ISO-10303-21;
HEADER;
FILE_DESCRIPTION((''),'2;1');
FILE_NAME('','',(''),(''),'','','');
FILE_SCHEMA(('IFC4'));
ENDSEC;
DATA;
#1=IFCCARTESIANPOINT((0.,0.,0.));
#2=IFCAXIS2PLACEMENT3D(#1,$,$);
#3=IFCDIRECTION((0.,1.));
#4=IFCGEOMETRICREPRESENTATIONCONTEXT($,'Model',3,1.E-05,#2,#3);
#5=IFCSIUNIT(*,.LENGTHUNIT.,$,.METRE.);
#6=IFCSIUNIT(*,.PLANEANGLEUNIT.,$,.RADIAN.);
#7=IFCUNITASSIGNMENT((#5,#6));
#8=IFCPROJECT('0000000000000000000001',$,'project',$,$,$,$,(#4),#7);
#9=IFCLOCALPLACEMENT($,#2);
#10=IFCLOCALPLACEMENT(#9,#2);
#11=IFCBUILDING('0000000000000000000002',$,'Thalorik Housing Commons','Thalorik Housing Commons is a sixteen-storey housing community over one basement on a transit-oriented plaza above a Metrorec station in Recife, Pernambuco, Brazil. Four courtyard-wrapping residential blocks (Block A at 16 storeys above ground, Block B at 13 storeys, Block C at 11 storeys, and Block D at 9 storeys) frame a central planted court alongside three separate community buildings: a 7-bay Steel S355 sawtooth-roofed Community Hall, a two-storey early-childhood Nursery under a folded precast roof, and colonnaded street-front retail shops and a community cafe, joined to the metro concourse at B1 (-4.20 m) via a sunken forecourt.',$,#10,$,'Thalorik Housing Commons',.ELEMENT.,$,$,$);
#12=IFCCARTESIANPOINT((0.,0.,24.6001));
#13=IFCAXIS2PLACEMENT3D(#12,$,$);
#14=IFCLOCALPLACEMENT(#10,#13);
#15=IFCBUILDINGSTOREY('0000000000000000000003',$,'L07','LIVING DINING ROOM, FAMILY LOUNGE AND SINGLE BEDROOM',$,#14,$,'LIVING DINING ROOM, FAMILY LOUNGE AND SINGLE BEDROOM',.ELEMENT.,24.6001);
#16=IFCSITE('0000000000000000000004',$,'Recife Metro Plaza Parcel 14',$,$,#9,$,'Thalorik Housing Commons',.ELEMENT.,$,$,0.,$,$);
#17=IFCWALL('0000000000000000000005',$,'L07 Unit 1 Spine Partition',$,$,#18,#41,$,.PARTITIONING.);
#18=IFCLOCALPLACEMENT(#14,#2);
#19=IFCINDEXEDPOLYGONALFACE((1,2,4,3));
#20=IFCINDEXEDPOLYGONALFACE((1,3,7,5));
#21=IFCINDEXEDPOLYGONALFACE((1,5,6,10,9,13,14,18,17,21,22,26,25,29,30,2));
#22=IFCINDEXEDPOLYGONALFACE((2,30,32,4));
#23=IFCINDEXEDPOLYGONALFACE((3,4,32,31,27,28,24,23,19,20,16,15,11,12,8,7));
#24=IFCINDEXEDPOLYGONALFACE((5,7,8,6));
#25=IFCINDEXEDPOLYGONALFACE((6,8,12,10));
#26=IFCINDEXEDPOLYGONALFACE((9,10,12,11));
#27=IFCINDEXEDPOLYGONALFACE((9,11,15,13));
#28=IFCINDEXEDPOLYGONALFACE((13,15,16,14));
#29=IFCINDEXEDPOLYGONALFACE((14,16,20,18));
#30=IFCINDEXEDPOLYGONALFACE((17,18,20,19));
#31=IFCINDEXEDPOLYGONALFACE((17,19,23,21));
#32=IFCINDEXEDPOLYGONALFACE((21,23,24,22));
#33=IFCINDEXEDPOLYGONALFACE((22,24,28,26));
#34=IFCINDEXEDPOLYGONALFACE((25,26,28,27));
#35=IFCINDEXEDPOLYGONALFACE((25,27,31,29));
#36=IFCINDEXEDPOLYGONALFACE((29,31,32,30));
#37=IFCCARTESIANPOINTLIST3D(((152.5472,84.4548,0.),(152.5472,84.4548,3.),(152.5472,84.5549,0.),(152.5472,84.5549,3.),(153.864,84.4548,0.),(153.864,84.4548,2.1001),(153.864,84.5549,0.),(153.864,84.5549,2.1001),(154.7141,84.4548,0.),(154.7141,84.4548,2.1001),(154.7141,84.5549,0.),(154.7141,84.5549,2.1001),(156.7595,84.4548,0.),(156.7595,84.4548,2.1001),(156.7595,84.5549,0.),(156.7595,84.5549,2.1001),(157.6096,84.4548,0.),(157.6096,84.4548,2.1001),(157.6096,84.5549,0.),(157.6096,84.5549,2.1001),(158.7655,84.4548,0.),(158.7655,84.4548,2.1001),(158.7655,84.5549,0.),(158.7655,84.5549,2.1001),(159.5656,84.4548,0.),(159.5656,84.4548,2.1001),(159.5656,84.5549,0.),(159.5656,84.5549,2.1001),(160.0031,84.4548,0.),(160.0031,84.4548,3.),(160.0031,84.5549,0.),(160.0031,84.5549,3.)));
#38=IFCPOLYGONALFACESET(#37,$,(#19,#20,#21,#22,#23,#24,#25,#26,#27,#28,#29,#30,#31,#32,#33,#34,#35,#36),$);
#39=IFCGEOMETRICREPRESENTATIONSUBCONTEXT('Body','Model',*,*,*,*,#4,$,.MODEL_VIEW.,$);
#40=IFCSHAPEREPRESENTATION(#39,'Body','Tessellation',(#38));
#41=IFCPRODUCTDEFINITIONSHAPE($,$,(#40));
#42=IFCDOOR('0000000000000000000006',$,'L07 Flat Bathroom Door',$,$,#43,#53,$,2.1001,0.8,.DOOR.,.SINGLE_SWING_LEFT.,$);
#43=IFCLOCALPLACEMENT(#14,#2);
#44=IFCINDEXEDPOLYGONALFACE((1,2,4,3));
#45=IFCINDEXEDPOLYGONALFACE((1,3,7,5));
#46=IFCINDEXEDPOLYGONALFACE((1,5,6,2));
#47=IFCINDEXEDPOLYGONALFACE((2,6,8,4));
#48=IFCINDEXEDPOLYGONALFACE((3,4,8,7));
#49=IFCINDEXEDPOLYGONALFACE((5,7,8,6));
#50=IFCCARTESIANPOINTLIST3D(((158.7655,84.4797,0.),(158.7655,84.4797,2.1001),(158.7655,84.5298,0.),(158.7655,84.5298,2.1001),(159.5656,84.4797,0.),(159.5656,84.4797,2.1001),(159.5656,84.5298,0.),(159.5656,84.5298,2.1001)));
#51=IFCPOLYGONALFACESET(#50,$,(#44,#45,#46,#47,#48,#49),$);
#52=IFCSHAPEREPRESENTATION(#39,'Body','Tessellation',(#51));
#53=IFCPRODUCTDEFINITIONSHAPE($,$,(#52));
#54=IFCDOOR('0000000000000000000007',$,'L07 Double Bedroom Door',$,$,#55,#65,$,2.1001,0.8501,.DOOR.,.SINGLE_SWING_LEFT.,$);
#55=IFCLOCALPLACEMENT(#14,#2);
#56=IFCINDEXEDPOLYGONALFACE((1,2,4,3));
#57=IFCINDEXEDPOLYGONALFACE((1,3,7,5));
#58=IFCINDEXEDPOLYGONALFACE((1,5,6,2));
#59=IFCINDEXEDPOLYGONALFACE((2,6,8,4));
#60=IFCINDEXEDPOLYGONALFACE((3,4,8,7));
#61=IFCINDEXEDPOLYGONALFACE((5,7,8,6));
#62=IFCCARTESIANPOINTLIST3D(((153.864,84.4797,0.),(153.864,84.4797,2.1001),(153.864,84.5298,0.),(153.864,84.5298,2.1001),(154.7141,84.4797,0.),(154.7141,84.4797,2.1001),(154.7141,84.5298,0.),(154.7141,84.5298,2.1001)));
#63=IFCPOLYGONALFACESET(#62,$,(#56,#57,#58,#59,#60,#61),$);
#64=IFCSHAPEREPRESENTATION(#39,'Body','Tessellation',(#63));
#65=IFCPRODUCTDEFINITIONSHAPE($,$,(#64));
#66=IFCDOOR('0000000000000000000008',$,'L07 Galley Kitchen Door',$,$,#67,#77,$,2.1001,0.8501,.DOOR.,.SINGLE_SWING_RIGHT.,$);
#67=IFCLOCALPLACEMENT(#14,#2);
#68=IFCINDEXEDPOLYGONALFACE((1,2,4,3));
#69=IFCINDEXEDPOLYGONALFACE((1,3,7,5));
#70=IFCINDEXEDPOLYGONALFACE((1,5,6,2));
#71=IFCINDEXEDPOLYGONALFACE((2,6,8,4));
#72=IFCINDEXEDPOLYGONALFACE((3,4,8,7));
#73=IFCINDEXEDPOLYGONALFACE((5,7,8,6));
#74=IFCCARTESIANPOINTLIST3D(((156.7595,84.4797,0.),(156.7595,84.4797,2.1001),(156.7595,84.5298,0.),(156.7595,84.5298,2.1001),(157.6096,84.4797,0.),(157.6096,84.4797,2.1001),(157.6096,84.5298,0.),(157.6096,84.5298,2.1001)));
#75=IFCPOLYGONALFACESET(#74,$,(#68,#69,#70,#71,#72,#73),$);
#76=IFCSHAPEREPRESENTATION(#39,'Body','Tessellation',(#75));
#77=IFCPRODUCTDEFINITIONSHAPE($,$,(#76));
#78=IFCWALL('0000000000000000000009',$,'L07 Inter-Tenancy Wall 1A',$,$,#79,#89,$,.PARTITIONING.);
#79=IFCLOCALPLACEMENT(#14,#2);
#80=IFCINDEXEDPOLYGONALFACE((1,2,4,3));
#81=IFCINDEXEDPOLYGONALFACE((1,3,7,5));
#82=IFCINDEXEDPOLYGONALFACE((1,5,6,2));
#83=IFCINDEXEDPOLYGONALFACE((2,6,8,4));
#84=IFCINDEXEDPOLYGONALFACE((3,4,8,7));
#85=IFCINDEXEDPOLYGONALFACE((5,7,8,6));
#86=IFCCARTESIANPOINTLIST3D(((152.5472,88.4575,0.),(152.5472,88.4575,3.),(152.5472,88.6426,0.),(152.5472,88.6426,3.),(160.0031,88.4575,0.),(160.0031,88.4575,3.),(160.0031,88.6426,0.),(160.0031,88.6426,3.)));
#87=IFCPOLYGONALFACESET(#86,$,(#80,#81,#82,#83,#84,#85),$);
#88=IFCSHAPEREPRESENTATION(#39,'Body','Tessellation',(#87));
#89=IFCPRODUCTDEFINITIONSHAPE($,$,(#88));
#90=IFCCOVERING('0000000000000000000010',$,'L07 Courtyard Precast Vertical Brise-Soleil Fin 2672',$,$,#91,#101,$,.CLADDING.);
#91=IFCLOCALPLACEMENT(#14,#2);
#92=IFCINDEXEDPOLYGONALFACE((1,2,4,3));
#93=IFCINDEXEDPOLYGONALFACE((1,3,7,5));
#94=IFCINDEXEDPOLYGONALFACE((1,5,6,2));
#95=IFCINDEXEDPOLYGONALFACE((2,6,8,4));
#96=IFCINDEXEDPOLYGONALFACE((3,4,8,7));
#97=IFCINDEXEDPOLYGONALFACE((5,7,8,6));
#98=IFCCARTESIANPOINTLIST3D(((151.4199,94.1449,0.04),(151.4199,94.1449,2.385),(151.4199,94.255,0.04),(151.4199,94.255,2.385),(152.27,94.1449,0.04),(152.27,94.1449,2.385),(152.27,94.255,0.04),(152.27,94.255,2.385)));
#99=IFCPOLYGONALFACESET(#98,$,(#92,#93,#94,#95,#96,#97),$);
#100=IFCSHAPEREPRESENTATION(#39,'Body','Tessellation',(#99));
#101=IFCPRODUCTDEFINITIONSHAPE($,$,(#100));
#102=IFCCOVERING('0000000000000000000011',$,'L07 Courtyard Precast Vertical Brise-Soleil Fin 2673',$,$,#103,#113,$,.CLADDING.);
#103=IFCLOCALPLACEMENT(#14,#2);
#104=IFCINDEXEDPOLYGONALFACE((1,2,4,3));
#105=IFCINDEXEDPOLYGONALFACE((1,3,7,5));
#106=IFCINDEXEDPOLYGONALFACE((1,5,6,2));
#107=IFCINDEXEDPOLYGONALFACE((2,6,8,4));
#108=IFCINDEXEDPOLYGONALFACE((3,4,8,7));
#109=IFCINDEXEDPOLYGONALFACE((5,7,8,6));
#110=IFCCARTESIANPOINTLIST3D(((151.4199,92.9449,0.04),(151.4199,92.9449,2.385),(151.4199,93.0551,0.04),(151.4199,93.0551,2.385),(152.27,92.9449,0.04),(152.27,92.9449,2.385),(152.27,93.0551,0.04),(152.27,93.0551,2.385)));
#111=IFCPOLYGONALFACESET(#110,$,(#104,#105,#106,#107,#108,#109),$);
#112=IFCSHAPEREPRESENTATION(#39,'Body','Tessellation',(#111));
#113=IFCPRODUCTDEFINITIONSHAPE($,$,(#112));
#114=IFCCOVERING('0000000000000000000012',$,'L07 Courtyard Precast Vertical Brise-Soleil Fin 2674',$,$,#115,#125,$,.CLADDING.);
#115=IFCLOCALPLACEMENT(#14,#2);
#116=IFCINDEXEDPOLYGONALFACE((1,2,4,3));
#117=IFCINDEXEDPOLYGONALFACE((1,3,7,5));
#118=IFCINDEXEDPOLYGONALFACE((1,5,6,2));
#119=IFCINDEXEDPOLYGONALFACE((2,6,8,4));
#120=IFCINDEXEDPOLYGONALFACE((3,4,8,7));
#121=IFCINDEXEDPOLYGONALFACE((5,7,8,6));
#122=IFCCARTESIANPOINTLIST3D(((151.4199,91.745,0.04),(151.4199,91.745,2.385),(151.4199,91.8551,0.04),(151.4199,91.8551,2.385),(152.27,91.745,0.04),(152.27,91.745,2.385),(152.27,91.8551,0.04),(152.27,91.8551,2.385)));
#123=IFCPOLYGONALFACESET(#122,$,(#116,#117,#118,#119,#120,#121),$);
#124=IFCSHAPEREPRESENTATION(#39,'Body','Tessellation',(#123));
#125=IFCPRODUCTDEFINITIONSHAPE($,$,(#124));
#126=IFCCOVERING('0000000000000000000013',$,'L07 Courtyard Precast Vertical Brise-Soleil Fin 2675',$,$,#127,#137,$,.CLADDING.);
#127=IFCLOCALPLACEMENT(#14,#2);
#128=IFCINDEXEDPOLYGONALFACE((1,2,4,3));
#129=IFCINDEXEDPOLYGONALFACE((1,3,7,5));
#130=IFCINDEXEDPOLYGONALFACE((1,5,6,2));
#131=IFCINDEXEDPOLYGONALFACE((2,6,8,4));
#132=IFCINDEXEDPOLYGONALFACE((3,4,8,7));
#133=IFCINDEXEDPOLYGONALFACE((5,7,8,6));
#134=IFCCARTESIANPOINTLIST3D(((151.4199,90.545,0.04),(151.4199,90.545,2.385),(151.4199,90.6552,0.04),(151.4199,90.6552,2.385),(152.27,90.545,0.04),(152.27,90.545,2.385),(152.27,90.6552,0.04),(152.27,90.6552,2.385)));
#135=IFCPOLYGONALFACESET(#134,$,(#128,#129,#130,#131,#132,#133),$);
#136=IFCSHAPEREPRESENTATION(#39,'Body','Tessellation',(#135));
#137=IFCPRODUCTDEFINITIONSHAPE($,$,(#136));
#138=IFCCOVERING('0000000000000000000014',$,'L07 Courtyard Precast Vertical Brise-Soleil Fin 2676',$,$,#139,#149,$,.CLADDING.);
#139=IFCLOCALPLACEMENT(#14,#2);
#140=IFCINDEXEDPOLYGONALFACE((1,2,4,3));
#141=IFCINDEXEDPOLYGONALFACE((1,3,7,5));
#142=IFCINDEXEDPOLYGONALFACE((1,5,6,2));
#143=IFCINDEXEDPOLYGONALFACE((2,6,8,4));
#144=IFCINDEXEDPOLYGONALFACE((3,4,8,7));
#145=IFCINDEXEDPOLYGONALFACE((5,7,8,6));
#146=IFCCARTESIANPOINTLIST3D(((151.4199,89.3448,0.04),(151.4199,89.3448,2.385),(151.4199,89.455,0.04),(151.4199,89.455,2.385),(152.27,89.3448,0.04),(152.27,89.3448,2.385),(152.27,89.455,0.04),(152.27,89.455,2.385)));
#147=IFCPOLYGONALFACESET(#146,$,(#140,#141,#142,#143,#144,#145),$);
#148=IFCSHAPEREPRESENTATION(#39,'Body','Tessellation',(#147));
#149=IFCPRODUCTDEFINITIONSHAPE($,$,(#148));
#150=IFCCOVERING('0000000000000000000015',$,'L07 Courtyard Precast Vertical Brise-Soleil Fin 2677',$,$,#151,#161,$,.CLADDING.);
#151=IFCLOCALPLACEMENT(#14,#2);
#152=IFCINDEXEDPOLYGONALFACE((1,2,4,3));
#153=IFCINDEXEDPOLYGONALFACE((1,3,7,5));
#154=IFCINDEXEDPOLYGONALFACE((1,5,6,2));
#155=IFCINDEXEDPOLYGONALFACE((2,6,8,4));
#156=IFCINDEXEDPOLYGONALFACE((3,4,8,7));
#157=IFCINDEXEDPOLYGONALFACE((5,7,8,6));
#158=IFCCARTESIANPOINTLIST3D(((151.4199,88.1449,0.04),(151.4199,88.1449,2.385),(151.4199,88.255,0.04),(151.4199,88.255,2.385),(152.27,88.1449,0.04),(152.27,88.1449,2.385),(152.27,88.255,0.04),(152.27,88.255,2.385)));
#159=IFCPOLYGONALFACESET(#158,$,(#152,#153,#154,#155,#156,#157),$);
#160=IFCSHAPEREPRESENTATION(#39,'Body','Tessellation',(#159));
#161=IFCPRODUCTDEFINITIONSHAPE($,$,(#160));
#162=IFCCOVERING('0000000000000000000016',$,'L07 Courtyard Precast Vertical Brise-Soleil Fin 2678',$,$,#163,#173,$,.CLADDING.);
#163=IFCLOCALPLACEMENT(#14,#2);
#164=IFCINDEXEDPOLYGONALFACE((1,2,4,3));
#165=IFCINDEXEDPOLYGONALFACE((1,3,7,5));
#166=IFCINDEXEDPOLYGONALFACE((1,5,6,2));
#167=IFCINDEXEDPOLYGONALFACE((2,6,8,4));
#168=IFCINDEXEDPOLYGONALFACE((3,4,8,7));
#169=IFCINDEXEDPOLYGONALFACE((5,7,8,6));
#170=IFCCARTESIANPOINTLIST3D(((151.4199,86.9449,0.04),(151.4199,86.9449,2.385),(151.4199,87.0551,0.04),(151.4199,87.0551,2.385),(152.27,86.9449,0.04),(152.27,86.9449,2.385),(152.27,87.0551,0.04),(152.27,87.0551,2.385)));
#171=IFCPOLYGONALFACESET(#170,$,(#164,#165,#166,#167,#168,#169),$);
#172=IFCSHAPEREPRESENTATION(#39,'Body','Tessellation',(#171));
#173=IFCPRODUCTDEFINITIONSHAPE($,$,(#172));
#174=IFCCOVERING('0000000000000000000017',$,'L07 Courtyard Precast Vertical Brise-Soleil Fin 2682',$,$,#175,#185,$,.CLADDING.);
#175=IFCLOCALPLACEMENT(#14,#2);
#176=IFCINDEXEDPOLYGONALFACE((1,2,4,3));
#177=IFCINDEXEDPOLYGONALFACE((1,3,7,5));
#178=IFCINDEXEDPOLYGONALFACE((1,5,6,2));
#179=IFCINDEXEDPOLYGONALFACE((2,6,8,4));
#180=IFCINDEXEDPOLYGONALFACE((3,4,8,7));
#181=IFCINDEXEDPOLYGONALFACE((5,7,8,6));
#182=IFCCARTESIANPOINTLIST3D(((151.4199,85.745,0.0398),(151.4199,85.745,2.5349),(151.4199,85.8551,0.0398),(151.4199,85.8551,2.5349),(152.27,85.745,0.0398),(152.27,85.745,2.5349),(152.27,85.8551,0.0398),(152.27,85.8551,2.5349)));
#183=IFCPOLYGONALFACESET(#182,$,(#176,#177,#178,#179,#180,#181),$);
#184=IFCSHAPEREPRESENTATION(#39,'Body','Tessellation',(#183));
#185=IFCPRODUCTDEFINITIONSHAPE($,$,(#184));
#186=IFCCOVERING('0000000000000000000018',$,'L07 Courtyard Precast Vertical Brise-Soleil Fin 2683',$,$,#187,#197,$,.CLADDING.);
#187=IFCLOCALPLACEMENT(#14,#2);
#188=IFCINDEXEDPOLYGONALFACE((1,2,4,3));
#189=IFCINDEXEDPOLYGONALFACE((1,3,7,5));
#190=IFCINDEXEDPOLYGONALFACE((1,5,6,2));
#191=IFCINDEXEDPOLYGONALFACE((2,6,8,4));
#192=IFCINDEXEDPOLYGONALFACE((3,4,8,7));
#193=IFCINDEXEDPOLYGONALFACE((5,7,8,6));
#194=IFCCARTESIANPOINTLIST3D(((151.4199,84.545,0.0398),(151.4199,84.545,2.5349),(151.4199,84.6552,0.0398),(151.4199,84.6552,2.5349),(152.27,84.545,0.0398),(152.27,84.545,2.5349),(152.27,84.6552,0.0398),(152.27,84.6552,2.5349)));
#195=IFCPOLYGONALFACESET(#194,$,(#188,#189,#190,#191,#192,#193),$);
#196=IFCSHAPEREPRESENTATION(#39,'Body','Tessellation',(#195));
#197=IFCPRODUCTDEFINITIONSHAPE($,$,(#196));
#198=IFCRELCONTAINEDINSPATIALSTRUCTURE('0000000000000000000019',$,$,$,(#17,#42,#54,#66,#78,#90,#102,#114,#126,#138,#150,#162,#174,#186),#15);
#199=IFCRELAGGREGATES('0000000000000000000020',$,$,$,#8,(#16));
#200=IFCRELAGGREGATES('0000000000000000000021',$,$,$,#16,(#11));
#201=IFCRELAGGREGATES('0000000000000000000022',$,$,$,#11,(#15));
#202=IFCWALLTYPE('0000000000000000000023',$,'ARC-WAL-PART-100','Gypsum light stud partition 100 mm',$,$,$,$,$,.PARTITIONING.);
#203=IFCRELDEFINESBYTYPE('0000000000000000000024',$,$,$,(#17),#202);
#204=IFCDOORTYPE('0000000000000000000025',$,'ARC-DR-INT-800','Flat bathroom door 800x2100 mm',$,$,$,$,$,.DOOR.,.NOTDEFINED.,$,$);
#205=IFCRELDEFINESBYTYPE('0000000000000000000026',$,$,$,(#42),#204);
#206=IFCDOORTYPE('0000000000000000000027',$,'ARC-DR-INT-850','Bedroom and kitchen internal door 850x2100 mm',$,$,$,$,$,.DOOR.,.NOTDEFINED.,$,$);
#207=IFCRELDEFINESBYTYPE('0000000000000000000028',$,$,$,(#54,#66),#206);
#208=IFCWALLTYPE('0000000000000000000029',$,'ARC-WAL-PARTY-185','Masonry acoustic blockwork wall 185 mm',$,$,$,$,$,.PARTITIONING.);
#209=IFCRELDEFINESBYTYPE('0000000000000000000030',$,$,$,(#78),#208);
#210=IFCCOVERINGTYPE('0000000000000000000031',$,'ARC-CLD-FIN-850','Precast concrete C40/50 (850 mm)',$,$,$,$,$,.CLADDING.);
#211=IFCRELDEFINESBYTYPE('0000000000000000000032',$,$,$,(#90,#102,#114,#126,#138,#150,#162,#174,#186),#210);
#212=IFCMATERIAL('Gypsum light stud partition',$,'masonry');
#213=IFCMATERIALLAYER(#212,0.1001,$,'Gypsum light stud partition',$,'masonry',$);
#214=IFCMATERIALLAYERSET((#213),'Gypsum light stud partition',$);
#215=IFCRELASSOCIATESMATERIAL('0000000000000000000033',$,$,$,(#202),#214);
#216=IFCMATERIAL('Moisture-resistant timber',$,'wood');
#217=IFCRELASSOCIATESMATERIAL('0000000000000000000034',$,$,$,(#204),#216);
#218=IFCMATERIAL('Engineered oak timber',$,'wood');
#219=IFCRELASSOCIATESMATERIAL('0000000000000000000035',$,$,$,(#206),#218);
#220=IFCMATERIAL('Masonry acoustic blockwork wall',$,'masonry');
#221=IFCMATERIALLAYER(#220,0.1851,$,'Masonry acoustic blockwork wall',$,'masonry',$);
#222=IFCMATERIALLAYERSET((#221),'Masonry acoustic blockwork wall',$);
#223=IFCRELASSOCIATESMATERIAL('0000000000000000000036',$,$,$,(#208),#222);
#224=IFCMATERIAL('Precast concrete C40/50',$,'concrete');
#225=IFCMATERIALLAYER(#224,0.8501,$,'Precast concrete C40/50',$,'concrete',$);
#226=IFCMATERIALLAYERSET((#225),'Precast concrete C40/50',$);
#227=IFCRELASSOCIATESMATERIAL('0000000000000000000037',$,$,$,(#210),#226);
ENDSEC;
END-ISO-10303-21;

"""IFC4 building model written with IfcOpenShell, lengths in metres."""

from ifc_helpers import new_model, si_unit, direction, frame, frame_2d, origin, origin_2d, place, context, subcontext, project, spatial, rectangle, extrude, material, layer, layer_set, type_object, element, fill, save


model = new_model("IFC4")

# Units and contexts
model_context = context("Model", 3, precision=1e-05, world=origin(), true_north=direction((0.0, 1.0)))
body_context = subcontext(model_context, "Body", "Model", "MODEL_VIEW")
ifc_project = project(units=[si_unit("LENGTHUNIT", "METRE"), si_unit("PLANEANGLEUNIT", "RADIAN")], contexts=[model_context])

# Site, building, storey
site_placement = place(None, origin())
site = spatial("IfcSite", under=ifc_project, at=site_placement, Name="Recife Metro Plaza Parcel 14", LongName="Thalorik Housing Commons", CompositionType="ELEMENT", RefElevation=0.0)
building_placement = place(site_placement, origin())
building = spatial("IfcBuilding", under=site, at=building_placement, Name="Thalorik Housing Commons", Description="Thalorik Housing Commons is a sixteen-storey housing community over one basement on a transit-oriented plaza above a Metrorec station in Recife, Pernambuco, Brazil. Four courtyard-wrapping residential blocks (Block A at 16 storeys above ground, Block B at 13 storeys, Block C at 11 storeys, and Block D at 9 storeys) frame a central planted court alongside three separate community buildings: a 7-bay Steel S355 sawtooth-roofed Community Hall, a two-storey early-childhood Nursery under a folded precast roof, and colonnaded street-front retail shops and a community cafe, joined to the metro concourse at B1 (-4.20 m) via a sunken forecourt.", LongName="Thalorik Housing Commons", CompositionType="ELEMENT")
storey_placement = place(building_placement, frame((0.0, 0.0, 24.6001)))
storey = spatial("IfcBuildingStorey", under=building, at=storey_placement, Name="L07", Description="LIVING DINING ROOM, FAMILY LOUNGE AND SINGLE BEDROOM", LongName="LIVING DINING ROOM, FAMILY LOUNGE AND SINGLE BEDROOM", CompositionType="ELEMENT", Elevation=24.6001)

# Shared definitions
ifc_material_1 = material(Name="Precast concrete C40/50", Category="concrete")

# Wall, openings, doors
ifc_material_2 = material(Name="Gypsum light stud partition", Category="masonry")
ifc_layer_1 = layer(ifc_material_2, 0.1001, Name="Gypsum light stud partition", Category="masonry")
ifc_layer_set_1 = layer_set([ifc_layer_1], Name="Gypsum light stud partition")
wall_type_1 = type_object("IfcWallType", Name="ARC-WAL-PART-100", Description="Gypsum light stud partition 100 mm", PredefinedType="PARTITIONING", material=ifc_layer_set_1)
wall_1_placement = place(storey_placement, frame((152.5471, 84.5049, 0.0), z_axis=(0.0, 0.0, 1.0), x_axis=(1.0, 0.0, 0.0)))
wall_1 = element("IfcWall", 1, at=wall_1_placement, inside=storey, type_object=wall_type_1, Name="L07 Unit 1 Spine Partition", PredefinedType="PARTITIONING", context=body_context, shape_type="SweptSolid", body=[
    extrude(rectangle(XDim=7.4558, YDim=0.1001, at=frame_2d((3.728, 0.0))), origin(), (0.0, 0.0, 1.0), 3.0),
])
opening_1_placement = place(wall_1_placement, frame((1.3169, 0.0, 0.0)))
opening_1 = element("IfcOpeningElement", 2, at=opening_1_placement, cuts=wall_1, PredefinedType="OPENING", context=body_context, shape_type="SweptSolid", body=[
    extrude(rectangle(XDim=0.8501, YDim=2.1001, at=frame_2d((0.425, 1.05))), frame((0.0, 0.0601, 0.0), z_axis=(0.0, -1.0, 0.0), x_axis=(1.0, 0.0, 0.0)), (0.0, 0.0, 1.0), 0.1201),
])
opening_2_placement = place(wall_1_placement, frame((4.2124, 0.0, 0.0)))
opening_2 = element("IfcOpeningElement", 3, at=opening_2_placement, cuts=wall_1, PredefinedType="OPENING", context=body_context, shape_type="SweptSolid", body=[
    extrude(rectangle(XDim=0.8501, YDim=2.1001, at=frame_2d((0.425, 1.05))), frame((0.0, 0.0601, 0.0), z_axis=(0.0, -1.0, 0.0), x_axis=(1.0, 0.0, 0.0)), (0.0, 0.0, 1.0), 0.1201),
])
opening_3_placement = place(wall_1_placement, frame((6.2185, 0.0, 0.0)))
opening_3 = element("IfcOpeningElement", 4, at=opening_3_placement, cuts=wall_1, PredefinedType="OPENING", context=body_context, shape_type="SweptSolid", body=[
    extrude(rectangle(XDim=0.8, YDim=2.1001, at=frame_2d((0.3999, 1.05))), frame((0.0, 0.0601, 0.0), z_axis=(0.0, -1.0, 0.0), x_axis=(1.0, 0.0, 0.0)), (0.0, 0.0, 1.0), 0.1201),
])
ifc_material_3 = material(Name="Moisture-resistant timber", Category="wood")
door_type_1 = type_object("IfcDoorType", Name="ARC-DR-INT-800", Description="Flat bathroom door 800x2100 mm", OperationType="NOTDEFINED", PredefinedType="DOOR", material=ifc_material_3)
door_1_placement = place(opening_3_placement, origin())
door_1 = element("IfcDoor", 5, at=door_1_placement, inside=storey, type_object=door_type_1, Name="L07 Flat Bathroom Door", OperationType="SINGLE_SWING_LEFT", OverallHeight=2.1001, OverallWidth=0.8, PredefinedType="DOOR", context=body_context, shape_type="SweptSolid", body=[
    extrude(rectangle(XDim=0.8, YDim=2.1001, at=frame_2d((0.3999, 1.05))), frame((0.0, 0.0249, 0.0), z_axis=(0.0, -1.0, 0.0), x_axis=(1.0, 0.0, 0.0)), (0.0, 0.0, 1.0), 0.05),
])
fill(opening_3, door_1)
ifc_material_4 = material(Name="Engineered oak timber", Category="wood")
door_type_2 = type_object("IfcDoorType", Name="ARC-DR-INT-850", Description="Bedroom and kitchen internal door 850x2100 mm", OperationType="NOTDEFINED", PredefinedType="DOOR", material=ifc_material_4)
door_2_placement = place(opening_1_placement, origin())
door_2 = element("IfcDoor", 6, at=door_2_placement, inside=storey, type_object=door_type_2, Name="L07 Double Bedroom Door", OperationType="SINGLE_SWING_LEFT", OverallHeight=2.1001, OverallWidth=0.8501, PredefinedType="DOOR", context=body_context, shape_type="SweptSolid", body=[
    extrude(rectangle(XDim=0.8501, YDim=2.1001, at=frame_2d((0.425, 1.05))), frame((0.0, 0.0249, 0.0), z_axis=(0.0, -1.0, 0.0), x_axis=(1.0, 0.0, 0.0)), (0.0, 0.0, 1.0), 0.05),
])
fill(opening_1, door_2)
door_3_placement = place(opening_2_placement, origin())
door_3 = element("IfcDoor", 7, at=door_3_placement, inside=storey, type_object=door_type_2, Name="L07 Galley Kitchen Door", OperationType="SINGLE_SWING_RIGHT", OverallHeight=2.1001, OverallWidth=0.8501, PredefinedType="DOOR", context=body_context, shape_type="SweptSolid", body=[
    extrude(rectangle(XDim=0.8501, YDim=2.1001, at=frame_2d((0.425, 1.05))), frame((0.0, 0.0249, 0.0), z_axis=(0.0, -1.0, 0.0), x_axis=(1.0, 0.0, 0.0)), (0.0, 0.0, 1.0), 0.05),
])
fill(opening_2, door_3)

# Wall
ifc_material_5 = material(Name="Masonry acoustic blockwork wall", Category="masonry")
ifc_layer_2 = layer(ifc_material_5, 0.1851, Name="Masonry acoustic blockwork wall", Category="masonry")
ifc_layer_set_2 = layer_set([ifc_layer_2], Name="Masonry acoustic blockwork wall")
wall_type_2 = type_object("IfcWallType", Name="ARC-WAL-PARTY-185", Description="Masonry acoustic blockwork wall 185 mm", PredefinedType="PARTITIONING", material=ifc_layer_set_2)
wall_2_placement = place(storey_placement, frame((152.5471, 88.55, 0.0), z_axis=(0.0, 0.0, 1.0), x_axis=(1.0, 0.0, 0.0)))
element("IfcWall", 8, at=wall_2_placement, inside=storey, type_object=wall_type_2, Name="L07 Inter-Tenancy Wall 1A", PredefinedType="PARTITIONING", context=body_context, shape_type="SweptSolid", body=[
    extrude(rectangle(XDim=7.4558, YDim=0.1851, at=frame_2d((3.728, 0.0))), origin(), (0.0, 0.0, 1.0), 3.0),
])

# Coverings
ifc_layer_3 = layer(ifc_material_1, 0.8501, Name="Precast concrete C40/50", Category="concrete")
ifc_layer_set_3 = layer_set([ifc_layer_3], Name="Precast concrete C40/50")
covering_type_1 = type_object("IfcCoveringType", Name="ARC-CLD-FIN-850", Description="Precast concrete C40/50 (850 mm)", PredefinedType="CLADDING", material=ifc_layer_set_3)
for number, where, z_axis, x_axis, name in (
    (9, (151.845, 94.2, 0.04), (0.0, 0.0, 1.0), (0.0, -1.0, 0.0), "L07 Courtyard Precast Vertical Brise-Soleil Fin 2672"),
    (10, (151.845, 93.0, 0.04), (0.0, 0.0, 1.0), (0.0, -1.0, 0.0), "L07 Courtyard Precast Vertical Brise-Soleil Fin 2673"),
    (11, (151.845, 91.8, 0.04), (0.0, 0.0, 1.0), (0.0, -1.0, 0.0), "L07 Courtyard Precast Vertical Brise-Soleil Fin 2674"),
    (12, (151.845, 90.6001, 0.04), (0.0, 0.0, 1.0), (0.0, -1.0, 0.0), "L07 Courtyard Precast Vertical Brise-Soleil Fin 2675"),
    (13, (151.845, 89.3999, 0.04), (0.0, 0.0, 1.0), (0.0, -1.0, 0.0), "L07 Courtyard Precast Vertical Brise-Soleil Fin 2676"),
    (14, (151.845, 88.2, 0.04), (0.0, 0.0, 1.0), (0.0, -1.0, 0.0), "L07 Courtyard Precast Vertical Brise-Soleil Fin 2677"),
    (15, (151.845, 87.0, 0.04), (0.0, 0.0, 1.0), (0.0, -1.0, 0.0), "L07 Courtyard Precast Vertical Brise-Soleil Fin 2678"),
):
    element("IfcCovering", number, at=place(storey_placement, frame(where, z_axis=z_axis, x_axis=x_axis)), inside=storey, type_object=covering_type_1, Name=name, PredefinedType="CLADDING", context=body_context, shape_type="SweptSolid", body=[
        extrude(rectangle(XDim=0.1101, YDim=0.8501, at=origin_2d()), origin(), (0.0, 0.0, 1.0), 2.345),
    ])
for number, where, z_axis, x_axis, name in (
    (16, (151.845, 85.8, 0.0398), (0.0, 0.0, 1.0), (0.0, -1.0, 0.0), "L07 Courtyard Precast Vertical Brise-Soleil Fin 2682"),
    (17, (151.845, 84.6001, 0.0398), (0.0, 0.0, 1.0), (0.0, -1.0, 0.0), "L07 Courtyard Precast Vertical Brise-Soleil Fin 2683"),
):
    element("IfcCovering", number, at=place(storey_placement, frame(where, z_axis=z_axis, x_axis=x_axis)), inside=storey, type_object=covering_type_1, Name=name, PredefinedType="CLADDING", context=body_context, shape_type="SweptSolid", body=[
        extrude(rectangle(XDim=0.1101, YDim=0.8501, at=origin_2d()), origin(), (0.0, 0.0, 1.0), 2.4951),
    ])

save(model, "model.ifc")
